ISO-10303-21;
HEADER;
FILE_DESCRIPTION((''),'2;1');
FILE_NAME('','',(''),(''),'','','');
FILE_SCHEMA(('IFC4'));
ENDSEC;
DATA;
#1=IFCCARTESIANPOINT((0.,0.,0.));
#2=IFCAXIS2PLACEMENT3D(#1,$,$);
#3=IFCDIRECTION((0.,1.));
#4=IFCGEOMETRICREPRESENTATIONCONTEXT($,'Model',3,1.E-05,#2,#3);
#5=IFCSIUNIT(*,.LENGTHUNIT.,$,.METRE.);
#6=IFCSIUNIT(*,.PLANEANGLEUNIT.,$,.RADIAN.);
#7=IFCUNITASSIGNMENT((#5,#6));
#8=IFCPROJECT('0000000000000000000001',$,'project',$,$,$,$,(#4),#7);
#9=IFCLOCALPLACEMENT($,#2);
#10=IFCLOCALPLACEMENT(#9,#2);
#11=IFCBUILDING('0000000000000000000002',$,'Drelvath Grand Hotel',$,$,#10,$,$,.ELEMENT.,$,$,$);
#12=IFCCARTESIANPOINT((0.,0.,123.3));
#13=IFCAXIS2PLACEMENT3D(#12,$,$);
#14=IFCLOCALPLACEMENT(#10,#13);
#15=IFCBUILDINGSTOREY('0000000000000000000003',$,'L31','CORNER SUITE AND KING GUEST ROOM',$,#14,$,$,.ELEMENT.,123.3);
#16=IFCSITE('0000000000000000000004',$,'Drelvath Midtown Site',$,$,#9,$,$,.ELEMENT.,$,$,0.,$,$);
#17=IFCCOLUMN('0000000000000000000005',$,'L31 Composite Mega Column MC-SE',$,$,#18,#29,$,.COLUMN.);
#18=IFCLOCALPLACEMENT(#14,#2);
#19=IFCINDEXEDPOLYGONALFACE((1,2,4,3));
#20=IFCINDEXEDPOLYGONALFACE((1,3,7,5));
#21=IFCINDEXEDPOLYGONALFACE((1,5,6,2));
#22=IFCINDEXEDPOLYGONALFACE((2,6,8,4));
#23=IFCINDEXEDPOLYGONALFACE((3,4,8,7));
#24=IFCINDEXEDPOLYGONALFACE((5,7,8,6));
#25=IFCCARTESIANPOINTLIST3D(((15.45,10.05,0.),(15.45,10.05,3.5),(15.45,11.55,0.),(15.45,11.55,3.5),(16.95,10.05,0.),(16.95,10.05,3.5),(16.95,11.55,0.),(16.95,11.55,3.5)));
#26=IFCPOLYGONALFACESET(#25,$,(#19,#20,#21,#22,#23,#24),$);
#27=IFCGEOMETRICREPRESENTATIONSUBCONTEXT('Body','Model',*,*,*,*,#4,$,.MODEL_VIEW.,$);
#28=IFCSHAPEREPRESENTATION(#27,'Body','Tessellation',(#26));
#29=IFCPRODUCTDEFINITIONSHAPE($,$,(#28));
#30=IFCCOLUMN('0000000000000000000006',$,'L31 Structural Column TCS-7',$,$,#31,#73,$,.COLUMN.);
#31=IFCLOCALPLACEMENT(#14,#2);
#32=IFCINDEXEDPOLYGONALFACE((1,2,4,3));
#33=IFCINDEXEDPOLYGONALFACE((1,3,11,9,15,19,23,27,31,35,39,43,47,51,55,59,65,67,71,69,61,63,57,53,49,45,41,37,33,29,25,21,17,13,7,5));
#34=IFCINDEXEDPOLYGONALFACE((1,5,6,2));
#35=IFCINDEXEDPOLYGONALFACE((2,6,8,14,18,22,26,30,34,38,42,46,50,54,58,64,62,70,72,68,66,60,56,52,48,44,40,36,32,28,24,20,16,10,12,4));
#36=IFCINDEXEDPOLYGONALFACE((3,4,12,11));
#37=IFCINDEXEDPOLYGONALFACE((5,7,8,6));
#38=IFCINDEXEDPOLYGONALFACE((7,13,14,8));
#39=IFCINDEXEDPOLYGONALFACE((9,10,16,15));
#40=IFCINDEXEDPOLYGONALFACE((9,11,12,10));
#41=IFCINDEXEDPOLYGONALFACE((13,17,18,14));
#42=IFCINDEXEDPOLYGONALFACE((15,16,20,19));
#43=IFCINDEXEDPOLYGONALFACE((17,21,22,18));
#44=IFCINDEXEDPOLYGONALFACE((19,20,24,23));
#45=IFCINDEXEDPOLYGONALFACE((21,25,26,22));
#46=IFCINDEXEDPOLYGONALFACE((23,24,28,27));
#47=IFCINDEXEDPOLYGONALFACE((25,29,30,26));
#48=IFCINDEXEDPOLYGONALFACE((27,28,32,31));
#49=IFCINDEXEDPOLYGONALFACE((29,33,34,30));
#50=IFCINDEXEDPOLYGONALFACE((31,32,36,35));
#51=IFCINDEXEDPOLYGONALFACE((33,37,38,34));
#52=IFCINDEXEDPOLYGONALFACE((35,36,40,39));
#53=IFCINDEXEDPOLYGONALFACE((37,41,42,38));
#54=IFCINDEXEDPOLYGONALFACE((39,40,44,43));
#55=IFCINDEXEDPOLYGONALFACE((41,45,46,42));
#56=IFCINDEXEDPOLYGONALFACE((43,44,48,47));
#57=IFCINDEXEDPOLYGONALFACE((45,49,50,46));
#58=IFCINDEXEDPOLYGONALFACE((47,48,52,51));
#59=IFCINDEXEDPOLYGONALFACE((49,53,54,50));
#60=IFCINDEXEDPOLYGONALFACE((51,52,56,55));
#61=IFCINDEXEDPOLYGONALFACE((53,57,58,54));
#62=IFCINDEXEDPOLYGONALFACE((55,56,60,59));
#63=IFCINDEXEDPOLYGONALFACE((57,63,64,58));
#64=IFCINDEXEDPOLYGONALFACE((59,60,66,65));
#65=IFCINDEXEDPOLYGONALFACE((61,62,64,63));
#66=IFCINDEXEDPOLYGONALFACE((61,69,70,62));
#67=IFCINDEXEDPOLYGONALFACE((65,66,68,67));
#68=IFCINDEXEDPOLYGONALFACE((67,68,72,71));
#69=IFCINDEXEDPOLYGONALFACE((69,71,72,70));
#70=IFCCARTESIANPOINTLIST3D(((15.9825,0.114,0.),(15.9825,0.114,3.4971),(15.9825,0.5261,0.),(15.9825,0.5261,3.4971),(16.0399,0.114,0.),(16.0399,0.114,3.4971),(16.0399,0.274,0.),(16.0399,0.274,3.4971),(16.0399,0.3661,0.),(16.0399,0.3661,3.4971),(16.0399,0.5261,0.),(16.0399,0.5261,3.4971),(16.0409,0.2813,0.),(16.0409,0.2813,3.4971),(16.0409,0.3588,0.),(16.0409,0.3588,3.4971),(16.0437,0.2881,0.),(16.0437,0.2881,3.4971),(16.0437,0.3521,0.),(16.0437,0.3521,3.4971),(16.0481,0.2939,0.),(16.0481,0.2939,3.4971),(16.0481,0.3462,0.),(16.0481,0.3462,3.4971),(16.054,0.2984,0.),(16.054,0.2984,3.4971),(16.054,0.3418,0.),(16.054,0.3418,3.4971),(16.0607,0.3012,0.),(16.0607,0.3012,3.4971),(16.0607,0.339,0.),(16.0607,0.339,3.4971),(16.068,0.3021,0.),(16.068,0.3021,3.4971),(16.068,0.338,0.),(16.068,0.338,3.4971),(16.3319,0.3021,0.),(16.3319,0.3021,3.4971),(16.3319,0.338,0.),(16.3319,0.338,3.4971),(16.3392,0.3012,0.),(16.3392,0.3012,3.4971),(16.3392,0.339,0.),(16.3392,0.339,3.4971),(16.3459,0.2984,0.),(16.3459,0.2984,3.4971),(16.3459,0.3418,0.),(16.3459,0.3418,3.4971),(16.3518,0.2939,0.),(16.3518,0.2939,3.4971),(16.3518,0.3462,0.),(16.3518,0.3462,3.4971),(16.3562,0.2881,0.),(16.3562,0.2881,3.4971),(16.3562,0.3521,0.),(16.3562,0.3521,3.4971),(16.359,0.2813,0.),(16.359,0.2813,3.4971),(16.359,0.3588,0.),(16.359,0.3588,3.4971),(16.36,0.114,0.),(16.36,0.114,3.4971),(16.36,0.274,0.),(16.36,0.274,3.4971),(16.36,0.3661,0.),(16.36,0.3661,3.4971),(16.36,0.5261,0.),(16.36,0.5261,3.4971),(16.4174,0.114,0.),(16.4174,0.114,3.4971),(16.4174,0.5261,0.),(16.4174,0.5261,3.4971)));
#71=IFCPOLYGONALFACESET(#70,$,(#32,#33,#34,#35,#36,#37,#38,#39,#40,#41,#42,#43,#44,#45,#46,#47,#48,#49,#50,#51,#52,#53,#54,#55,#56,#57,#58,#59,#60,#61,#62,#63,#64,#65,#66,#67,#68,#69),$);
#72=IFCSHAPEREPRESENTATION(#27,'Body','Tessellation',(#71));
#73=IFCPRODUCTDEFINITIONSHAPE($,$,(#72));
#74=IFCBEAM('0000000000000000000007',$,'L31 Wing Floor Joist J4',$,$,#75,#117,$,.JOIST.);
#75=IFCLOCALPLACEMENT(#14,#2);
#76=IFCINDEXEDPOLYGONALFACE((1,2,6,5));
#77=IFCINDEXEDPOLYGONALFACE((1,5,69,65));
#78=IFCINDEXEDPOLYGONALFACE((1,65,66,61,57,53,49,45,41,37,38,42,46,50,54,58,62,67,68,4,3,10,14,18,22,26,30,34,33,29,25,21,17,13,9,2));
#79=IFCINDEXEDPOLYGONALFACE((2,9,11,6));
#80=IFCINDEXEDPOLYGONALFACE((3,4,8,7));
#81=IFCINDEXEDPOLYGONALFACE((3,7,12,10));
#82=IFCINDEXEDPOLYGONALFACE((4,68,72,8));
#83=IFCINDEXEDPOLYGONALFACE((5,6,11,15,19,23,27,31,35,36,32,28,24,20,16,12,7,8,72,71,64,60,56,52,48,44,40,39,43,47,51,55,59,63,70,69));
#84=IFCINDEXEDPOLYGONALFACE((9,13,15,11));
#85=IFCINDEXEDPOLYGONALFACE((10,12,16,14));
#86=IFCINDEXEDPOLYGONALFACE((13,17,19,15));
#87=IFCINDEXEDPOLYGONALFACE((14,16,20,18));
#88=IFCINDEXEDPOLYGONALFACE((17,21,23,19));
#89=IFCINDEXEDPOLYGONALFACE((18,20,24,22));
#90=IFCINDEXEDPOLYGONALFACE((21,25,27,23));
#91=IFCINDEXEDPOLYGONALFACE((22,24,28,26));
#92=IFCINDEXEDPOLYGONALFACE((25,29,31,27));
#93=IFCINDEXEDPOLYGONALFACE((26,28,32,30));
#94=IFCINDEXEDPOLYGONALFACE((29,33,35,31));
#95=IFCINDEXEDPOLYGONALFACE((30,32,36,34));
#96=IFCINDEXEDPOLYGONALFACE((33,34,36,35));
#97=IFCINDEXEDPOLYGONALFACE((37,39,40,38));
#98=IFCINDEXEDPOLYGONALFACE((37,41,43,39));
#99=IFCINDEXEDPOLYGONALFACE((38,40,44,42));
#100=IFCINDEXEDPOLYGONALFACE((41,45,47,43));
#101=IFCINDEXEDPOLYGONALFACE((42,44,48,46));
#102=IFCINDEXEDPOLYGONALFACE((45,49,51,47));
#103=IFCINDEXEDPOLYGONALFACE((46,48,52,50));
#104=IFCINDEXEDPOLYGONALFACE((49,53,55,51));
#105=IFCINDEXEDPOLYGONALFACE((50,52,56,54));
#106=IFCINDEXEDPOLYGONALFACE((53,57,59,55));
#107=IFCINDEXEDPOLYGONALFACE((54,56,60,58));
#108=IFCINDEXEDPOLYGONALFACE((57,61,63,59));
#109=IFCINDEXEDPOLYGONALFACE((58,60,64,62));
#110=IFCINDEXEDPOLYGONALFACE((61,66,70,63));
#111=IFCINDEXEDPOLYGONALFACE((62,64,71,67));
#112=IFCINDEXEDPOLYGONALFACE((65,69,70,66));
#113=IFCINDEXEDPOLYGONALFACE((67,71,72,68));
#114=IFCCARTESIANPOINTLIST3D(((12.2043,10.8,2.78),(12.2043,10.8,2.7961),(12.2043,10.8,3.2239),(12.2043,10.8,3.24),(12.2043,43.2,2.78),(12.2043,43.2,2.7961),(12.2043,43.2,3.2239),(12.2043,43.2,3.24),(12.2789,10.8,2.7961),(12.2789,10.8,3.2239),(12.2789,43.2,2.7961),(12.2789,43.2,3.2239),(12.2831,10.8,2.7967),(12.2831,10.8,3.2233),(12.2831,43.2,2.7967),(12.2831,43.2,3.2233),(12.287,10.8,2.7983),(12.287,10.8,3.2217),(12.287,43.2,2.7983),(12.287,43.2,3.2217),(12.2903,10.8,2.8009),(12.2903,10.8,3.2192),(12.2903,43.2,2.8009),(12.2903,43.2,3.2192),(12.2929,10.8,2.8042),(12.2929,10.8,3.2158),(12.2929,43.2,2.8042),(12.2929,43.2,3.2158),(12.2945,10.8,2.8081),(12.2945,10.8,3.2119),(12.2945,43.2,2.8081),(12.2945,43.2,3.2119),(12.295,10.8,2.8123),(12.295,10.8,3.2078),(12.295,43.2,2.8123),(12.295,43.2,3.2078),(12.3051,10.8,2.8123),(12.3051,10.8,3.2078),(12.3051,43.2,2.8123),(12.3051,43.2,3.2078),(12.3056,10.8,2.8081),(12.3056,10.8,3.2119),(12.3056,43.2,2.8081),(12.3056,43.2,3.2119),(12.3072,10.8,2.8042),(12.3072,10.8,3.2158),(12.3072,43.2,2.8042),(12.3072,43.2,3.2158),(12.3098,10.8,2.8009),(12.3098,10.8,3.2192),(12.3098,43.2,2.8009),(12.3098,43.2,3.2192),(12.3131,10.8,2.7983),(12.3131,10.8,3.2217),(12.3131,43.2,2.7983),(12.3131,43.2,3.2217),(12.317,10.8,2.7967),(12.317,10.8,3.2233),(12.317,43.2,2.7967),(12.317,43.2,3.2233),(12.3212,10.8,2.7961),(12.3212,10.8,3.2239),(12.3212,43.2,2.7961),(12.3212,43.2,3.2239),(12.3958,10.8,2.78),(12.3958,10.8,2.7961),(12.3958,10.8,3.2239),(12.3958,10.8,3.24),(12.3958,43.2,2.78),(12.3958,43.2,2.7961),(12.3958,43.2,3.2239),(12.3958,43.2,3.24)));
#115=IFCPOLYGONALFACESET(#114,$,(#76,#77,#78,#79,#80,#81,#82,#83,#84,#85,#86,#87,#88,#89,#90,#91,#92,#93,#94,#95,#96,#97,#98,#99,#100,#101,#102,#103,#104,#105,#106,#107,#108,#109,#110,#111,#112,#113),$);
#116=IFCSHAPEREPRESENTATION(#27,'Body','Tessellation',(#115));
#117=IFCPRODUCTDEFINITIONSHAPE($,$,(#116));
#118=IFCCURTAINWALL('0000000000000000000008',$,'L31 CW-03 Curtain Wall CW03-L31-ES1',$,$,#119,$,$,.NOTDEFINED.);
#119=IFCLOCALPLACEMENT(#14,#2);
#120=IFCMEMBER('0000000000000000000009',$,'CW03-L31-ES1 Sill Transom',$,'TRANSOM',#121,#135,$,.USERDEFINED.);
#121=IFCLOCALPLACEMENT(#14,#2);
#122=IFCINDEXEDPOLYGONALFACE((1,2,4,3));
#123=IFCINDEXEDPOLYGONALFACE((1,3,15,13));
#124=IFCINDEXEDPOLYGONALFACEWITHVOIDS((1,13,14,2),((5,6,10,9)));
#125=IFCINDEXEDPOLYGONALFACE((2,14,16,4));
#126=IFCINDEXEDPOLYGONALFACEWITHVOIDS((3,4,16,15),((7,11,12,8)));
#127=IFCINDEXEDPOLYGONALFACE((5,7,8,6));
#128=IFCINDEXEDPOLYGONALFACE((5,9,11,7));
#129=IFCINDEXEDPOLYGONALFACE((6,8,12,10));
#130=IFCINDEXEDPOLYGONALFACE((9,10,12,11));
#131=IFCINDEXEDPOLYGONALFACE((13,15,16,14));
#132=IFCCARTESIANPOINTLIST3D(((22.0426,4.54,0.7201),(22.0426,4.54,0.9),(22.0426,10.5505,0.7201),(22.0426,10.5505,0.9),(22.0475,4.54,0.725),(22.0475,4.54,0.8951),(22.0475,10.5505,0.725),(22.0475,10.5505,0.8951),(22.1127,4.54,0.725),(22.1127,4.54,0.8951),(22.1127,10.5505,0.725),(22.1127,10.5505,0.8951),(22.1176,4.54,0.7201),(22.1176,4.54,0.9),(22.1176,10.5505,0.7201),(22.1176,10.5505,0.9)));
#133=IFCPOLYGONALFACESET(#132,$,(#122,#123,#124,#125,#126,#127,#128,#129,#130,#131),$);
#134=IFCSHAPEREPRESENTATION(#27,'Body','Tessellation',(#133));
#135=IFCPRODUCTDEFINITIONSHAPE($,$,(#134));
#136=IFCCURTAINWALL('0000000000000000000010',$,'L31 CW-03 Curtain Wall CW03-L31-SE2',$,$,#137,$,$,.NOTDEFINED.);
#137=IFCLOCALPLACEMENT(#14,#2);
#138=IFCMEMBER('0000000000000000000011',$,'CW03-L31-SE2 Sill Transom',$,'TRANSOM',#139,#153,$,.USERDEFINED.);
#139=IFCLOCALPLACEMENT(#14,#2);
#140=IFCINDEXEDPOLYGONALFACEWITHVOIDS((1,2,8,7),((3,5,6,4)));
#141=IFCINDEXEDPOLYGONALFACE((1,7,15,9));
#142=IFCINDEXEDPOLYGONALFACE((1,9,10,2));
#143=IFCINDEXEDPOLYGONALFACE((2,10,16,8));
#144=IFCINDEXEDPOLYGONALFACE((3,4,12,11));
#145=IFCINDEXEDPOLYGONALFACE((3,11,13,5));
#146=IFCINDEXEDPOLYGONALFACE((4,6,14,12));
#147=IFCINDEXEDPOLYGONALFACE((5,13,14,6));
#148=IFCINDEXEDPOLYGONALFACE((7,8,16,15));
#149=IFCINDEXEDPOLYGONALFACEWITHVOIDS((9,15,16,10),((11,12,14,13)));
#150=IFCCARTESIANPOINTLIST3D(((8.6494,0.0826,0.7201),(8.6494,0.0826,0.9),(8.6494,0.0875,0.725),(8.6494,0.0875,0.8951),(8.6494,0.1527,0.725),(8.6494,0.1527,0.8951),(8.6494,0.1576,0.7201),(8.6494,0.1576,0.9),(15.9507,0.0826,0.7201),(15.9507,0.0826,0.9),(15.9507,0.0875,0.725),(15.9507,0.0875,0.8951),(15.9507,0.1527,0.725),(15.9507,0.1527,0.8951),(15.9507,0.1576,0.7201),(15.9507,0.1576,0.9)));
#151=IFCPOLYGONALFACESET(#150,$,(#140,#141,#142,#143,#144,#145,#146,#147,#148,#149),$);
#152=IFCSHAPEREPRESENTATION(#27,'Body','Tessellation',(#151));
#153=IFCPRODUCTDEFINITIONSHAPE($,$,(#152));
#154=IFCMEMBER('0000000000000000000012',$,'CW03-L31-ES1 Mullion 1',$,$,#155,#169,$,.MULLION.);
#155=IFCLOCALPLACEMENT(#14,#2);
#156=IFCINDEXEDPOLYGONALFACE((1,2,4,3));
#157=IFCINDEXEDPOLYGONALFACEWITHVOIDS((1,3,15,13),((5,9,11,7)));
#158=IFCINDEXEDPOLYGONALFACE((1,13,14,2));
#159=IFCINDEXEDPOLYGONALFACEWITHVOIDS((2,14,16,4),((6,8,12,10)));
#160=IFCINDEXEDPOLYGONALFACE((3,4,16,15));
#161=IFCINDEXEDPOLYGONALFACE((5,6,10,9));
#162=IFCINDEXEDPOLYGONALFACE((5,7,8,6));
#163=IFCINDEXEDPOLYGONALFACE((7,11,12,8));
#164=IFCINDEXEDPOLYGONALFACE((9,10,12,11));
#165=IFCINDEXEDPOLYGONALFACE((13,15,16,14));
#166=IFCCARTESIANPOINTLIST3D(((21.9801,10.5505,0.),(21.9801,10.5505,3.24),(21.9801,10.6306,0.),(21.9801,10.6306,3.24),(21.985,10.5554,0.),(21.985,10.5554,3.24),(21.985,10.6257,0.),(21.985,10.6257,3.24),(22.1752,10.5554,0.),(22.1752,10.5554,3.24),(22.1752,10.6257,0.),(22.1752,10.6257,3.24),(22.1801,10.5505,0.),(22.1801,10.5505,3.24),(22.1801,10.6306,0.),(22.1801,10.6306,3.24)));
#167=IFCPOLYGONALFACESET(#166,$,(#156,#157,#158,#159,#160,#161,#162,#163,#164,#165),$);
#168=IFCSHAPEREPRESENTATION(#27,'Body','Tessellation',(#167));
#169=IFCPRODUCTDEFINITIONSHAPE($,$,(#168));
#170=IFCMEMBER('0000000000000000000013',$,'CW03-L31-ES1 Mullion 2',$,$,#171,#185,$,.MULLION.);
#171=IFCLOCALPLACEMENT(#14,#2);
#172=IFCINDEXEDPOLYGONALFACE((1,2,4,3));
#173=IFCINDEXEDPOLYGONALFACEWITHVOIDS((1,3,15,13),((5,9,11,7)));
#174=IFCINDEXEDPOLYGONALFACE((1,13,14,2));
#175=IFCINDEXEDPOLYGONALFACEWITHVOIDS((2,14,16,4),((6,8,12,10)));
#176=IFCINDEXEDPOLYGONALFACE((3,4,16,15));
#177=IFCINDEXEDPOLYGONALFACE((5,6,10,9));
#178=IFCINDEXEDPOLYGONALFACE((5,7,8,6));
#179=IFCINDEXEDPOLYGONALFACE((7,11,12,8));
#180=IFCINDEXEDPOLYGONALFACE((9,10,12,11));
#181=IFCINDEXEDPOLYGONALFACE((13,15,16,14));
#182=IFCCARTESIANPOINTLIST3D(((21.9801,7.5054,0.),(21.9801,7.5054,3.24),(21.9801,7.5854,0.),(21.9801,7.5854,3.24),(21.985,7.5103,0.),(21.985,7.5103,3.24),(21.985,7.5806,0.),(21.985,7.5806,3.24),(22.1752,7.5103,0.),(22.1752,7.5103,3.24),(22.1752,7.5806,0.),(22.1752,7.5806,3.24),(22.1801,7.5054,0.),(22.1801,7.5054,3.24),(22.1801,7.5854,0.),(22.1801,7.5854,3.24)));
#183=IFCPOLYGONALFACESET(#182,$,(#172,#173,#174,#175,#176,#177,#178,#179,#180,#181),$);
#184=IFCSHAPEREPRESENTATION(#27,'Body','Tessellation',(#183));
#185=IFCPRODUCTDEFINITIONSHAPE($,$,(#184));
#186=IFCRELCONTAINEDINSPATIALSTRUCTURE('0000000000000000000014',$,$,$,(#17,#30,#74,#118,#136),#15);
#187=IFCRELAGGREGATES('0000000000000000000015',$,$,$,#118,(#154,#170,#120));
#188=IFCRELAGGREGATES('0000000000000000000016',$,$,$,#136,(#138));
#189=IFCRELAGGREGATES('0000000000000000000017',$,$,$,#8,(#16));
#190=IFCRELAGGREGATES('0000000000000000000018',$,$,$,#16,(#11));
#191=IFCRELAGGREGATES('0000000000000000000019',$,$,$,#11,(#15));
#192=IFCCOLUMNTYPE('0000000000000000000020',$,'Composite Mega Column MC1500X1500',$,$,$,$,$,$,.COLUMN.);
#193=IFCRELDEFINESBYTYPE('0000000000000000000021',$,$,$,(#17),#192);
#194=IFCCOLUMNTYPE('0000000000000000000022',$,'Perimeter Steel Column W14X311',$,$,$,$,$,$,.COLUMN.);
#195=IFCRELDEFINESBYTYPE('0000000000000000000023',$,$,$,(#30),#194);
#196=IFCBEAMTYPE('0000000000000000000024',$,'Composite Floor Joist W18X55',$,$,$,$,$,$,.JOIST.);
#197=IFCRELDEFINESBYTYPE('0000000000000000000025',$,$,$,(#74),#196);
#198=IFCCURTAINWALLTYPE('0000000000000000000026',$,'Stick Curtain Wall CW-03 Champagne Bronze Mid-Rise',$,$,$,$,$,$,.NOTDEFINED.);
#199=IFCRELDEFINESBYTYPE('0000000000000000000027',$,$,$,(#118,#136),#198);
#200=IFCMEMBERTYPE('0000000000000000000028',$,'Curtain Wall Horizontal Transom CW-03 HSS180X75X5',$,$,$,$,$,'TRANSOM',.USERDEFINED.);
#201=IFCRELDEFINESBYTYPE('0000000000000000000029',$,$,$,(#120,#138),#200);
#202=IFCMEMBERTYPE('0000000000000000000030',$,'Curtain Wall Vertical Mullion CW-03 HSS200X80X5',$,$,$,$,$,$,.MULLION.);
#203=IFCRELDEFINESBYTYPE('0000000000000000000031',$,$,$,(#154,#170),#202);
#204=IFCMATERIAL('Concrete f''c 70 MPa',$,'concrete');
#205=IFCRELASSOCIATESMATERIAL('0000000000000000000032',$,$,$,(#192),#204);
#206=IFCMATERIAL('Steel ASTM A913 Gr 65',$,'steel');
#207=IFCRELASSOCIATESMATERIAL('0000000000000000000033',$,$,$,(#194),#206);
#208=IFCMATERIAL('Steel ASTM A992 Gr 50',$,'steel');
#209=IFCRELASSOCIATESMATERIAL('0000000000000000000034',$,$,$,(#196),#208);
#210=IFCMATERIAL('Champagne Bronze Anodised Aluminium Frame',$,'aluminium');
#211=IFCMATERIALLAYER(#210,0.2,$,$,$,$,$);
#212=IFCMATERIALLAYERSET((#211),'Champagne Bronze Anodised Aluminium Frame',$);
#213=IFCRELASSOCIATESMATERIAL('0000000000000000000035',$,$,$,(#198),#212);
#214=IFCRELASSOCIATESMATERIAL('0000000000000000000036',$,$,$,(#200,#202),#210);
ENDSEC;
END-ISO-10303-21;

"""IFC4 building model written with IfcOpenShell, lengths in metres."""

from ifc_helpers import new_model, si_unit, direction, frame, origin, origin_2d, place, context, subcontext, project, spatial, rectangle, hollow_rectangle, i_section, extrude, material, layer, layer_set, material_profile, profile_set, type_object, element, aggregate, save


model = new_model("IFC4")

# Units and contexts
model_context = context("Model", 3, precision=1e-05, world=origin(), true_north=direction((0.0, 1.0)))
body_context = subcontext(model_context, "Body", "Model", "MODEL_VIEW")
ifc_project = project(units=[si_unit("LENGTHUNIT", "METRE"), si_unit("PLANEANGLEUNIT", "RADIAN")], contexts=[model_context])

# Site, building, storey
site_placement = place(None, origin())
site = spatial("IfcSite", under=ifc_project, at=site_placement, Name="Drelvath Midtown Site", CompositionType="ELEMENT", RefElevation=0.0)
building_placement = place(site_placement, origin())
building = spatial("IfcBuilding", under=site, at=building_placement, Name="Drelvath Grand Hotel", CompositionType="ELEMENT")
storey_placement = place(building_placement, frame((0.0, 0.0, 123.3)))
storey = spatial("IfcBuildingStorey", under=building, at=storey_placement, Name="L31", Description="CORNER SUITE AND KING GUEST ROOM", CompositionType="ELEMENT", Elevation=123.3)

# Columns
ifc_material_1 = material(Name="Concrete f'c 70 MPa", Category="concrete")
ifc_material_profile_1 = material_profile(ifc_material_1, rectangle(XDim=1.5, YDim=1.5, at=origin_2d()), Name="MC1500X1500")
ifc_profile_set_1 = profile_set([ifc_material_profile_1], Name="Concrete f'c 70 MPa")
column_type_1 = type_object("IfcColumnType", Name="Composite Mega Column MC1500X1500", PredefinedType="COLUMN", material=ifc_profile_set_1)
column_1_placement = place(storey_placement, frame((16.2, 10.8, 0.0), z_axis=(0.0, 0.0, 1.0), x_axis=(1.0, 0.0, 0.0)))
element("IfcColumn", 1, at=column_1_placement, inside=storey, type_object=column_type_1, Name="L31 Composite Mega Column MC-SE", PredefinedType="COLUMN", context=body_context, shape_type="SweptSolid", body=[
    extrude(rectangle(XDim=1.5, YDim=1.5, at=origin_2d()), origin(), (0.0, 0.0, 1.0), 3.5),
])
ifc_material_2 = material(Name="Steel ASTM A913 Gr 65", Category="steel")
ifc_material_profile_2 = material_profile(ifc_material_2, i_section(OverallWidth=0.4121, OverallDepth=0.4348, WebThickness=0.0359, FlangeThickness=0.0574, FilletRadius=0.0281, at=origin_2d()), Name="W14X311")
ifc_profile_set_2 = profile_set([ifc_material_profile_2], Name="Steel ASTM A913 Gr 65")
column_type_2 = type_object("IfcColumnType", Name="Perimeter Steel Column W14X311", PredefinedType="COLUMN", material=ifc_profile_set_2)
column_2_placement = place(storey_placement, frame((16.2, 0.3201, 0.0), z_axis=(0.0, 0.0, 1.0), x_axis=(0.0, 1.0, 0.0)))
element("IfcColumn", 2, at=column_2_placement, inside=storey, type_object=column_type_2, Name="L31 Structural Column TCS-7", PredefinedType="COLUMN", context=body_context, shape_type="SweptSolid", body=[
    extrude(i_section(OverallWidth=0.4121, OverallDepth=0.4348, WebThickness=0.0359, FlangeThickness=0.0574, FilletRadius=0.0281, at=origin_2d()), origin(), (0.0, 0.0, 1.0), 3.4971),
])

# Beam
ifc_material_3 = material(Name="Steel ASTM A992 Gr 50", Category="steel")
ifc_material_profile_3 = material_profile(ifc_material_3, i_section(OverallWidth=0.1914, OverallDepth=0.46, WebThickness=0.01, FlangeThickness=0.0161, FilletRadius=0.0161, at=origin_2d()), Name="W18X55")
ifc_profile_set_3 = profile_set([ifc_material_profile_3], Name="Steel ASTM A992 Gr 50")
beam_type_1 = type_object("IfcBeamType", Name="Composite Floor Joist W18X55", PredefinedType="JOIST", material=ifc_profile_set_3)
beam_1_placement = place(storey_placement, frame((12.3, 10.8, 3.01), z_axis=(0.0, 1.0, 0.0), x_axis=(-1.0, 0.0, 0.0)))
element("IfcBeam", 3, at=beam_1_placement, inside=storey, type_object=beam_type_1, Name="L31 Wing Floor Joist J4", PredefinedType="JOIST", context=body_context, shape_type="SweptSolid", body=[
    extrude(i_section(OverallWidth=0.1914, OverallDepth=0.46, WebThickness=0.01, FlangeThickness=0.0161, FilletRadius=0.0161, at=origin_2d()), origin(), (0.0, 0.0, 1.0), 32.3999),
])

# Curtain walls, members
ifc_material_4 = material(Name="Champagne Bronze Anodised Aluminium Frame", Category="aluminium")
ifc_layer_1 = layer(ifc_material_4, 0.2)
ifc_layer_set_1 = layer_set([ifc_layer_1], Name="Champagne Bronze Anodised Aluminium Frame")
curtain_wall_type = type_object("IfcCurtainWallType", Name="Stick Curtain Wall CW-03 Champagne Bronze Mid-Rise", PredefinedType="NOTDEFINED", material=ifc_layer_set_1)
curtain_wall_1_placement = place(storey_placement, origin())
curtain_wall_1 = element("IfcCurtainWall", 4, at=curtain_wall_1_placement, inside=storey, type_object=curtain_wall_type, Name="L31 CW-03 Curtain Wall CW03-L31-ES1", PredefinedType="NOTDEFINED")
ifc_material_profile_4 = material_profile(ifc_material_4, hollow_rectangle(XDim=0.075, YDim=0.1799, WallThickness=0.0049, at=origin_2d()), Name="HSS180X75X5")
ifc_profile_set_4 = profile_set([ifc_material_profile_4], Name="Champagne Bronze Anodised Aluminium Frame")
member_type_1 = type_object("IfcMemberType", Name="Curtain Wall Horizontal Transom CW-03 HSS180X75X5", ElementType="TRANSOM", PredefinedType="USERDEFINED", material=ifc_profile_set_4)
member_1_placement = place(storey_placement, frame((22.0801, 10.5505, 0.8101), z_axis=(0.0, -1.0, 0.0), x_axis=(1.0, 0.0, 0.0)))
member_1 = element("IfcMember", 5, at=member_1_placement, type_object=member_type_1, Name="CW03-L31-ES1 Sill Transom", ObjectType="TRANSOM", PredefinedType="USERDEFINED", context=body_context, shape_type="SweptSolid", body=[
    extrude(hollow_rectangle(XDim=0.075, YDim=0.1799, WallThickness=0.0049, at=origin_2d()), origin(), (0.0, 0.0, 1.0), 6.0105),
])
curtain_wall_2_placement = place(storey_placement, origin())
curtain_wall_2 = element("IfcCurtainWall", 6, at=curtain_wall_2_placement, inside=storey, type_object=curtain_wall_type, Name="L31 CW-03 Curtain Wall CW03-L31-SE2", PredefinedType="NOTDEFINED")
member_2_placement = place(storey_placement, frame((15.9507, 0.1201, 0.8101), z_axis=(-1.0, 0.0, 0.0), x_axis=(0.0, -1.0, 0.0)))
member_2 = element("IfcMember", 7, at=member_2_placement, type_object=member_type_1, Name="CW03-L31-SE2 Sill Transom", ObjectType="TRANSOM", PredefinedType="USERDEFINED", context=body_context, shape_type="SweptSolid", body=[
    extrude(hollow_rectangle(XDim=0.075, YDim=0.1799, WallThickness=0.0049, at=origin_2d()), origin(), (0.0, 0.0, 1.0), 7.3013),
])

# Members
ifc_material_profile_5 = material_profile(ifc_material_4, hollow_rectangle(XDim=0.0801, YDim=0.2, WallThickness=0.0049, at=origin_2d()), Name="HSS200X80X5")
ifc_profile_set_5 = profile_set([ifc_material_profile_5], Name="Champagne Bronze Anodised Aluminium Frame")
member_type_2 = type_object("IfcMemberType", Name="Curtain Wall Vertical Mullion CW-03 HSS200X80X5", PredefinedType="MULLION", material=ifc_profile_set_5)
member_3_placement = place(storey_placement, frame((22.0801, 10.5906, 0.0), z_axis=(0.0, 0.0, 1.0), x_axis=(0.0, 1.0, 0.0)))
member_3 = element("IfcMember", 8, at=member_3_placement, type_object=member_type_2, Name="CW03-L31-ES1 Mullion 1", PredefinedType="MULLION", context=body_context, shape_type="SweptSolid", body=[
    extrude(hollow_rectangle(XDim=0.0801, YDim=0.2, WallThickness=0.0049, at=origin_2d()), origin(), (0.0, 0.0, 1.0), 3.24),
])
member_4_placement = place(storey_placement, frame((22.0801, 7.5454, 0.0), z_axis=(0.0, 0.0, 1.0), x_axis=(0.0, 1.0, 0.0)))
member_4 = element("IfcMember", 9, at=member_4_placement, type_object=member_type_2, Name="CW03-L31-ES1 Mullion 2", PredefinedType="MULLION", context=body_context, shape_type="SweptSolid", body=[
    extrude(hollow_rectangle(XDim=0.0801, YDim=0.2, WallThickness=0.0049, at=origin_2d()), origin(), (0.0, 0.0, 1.0), 3.24),
])

aggregate(curtain_wall_1, [member_3, member_4, member_1])
aggregate(curtain_wall_2, [member_2])

save(model, "model.ifc")
